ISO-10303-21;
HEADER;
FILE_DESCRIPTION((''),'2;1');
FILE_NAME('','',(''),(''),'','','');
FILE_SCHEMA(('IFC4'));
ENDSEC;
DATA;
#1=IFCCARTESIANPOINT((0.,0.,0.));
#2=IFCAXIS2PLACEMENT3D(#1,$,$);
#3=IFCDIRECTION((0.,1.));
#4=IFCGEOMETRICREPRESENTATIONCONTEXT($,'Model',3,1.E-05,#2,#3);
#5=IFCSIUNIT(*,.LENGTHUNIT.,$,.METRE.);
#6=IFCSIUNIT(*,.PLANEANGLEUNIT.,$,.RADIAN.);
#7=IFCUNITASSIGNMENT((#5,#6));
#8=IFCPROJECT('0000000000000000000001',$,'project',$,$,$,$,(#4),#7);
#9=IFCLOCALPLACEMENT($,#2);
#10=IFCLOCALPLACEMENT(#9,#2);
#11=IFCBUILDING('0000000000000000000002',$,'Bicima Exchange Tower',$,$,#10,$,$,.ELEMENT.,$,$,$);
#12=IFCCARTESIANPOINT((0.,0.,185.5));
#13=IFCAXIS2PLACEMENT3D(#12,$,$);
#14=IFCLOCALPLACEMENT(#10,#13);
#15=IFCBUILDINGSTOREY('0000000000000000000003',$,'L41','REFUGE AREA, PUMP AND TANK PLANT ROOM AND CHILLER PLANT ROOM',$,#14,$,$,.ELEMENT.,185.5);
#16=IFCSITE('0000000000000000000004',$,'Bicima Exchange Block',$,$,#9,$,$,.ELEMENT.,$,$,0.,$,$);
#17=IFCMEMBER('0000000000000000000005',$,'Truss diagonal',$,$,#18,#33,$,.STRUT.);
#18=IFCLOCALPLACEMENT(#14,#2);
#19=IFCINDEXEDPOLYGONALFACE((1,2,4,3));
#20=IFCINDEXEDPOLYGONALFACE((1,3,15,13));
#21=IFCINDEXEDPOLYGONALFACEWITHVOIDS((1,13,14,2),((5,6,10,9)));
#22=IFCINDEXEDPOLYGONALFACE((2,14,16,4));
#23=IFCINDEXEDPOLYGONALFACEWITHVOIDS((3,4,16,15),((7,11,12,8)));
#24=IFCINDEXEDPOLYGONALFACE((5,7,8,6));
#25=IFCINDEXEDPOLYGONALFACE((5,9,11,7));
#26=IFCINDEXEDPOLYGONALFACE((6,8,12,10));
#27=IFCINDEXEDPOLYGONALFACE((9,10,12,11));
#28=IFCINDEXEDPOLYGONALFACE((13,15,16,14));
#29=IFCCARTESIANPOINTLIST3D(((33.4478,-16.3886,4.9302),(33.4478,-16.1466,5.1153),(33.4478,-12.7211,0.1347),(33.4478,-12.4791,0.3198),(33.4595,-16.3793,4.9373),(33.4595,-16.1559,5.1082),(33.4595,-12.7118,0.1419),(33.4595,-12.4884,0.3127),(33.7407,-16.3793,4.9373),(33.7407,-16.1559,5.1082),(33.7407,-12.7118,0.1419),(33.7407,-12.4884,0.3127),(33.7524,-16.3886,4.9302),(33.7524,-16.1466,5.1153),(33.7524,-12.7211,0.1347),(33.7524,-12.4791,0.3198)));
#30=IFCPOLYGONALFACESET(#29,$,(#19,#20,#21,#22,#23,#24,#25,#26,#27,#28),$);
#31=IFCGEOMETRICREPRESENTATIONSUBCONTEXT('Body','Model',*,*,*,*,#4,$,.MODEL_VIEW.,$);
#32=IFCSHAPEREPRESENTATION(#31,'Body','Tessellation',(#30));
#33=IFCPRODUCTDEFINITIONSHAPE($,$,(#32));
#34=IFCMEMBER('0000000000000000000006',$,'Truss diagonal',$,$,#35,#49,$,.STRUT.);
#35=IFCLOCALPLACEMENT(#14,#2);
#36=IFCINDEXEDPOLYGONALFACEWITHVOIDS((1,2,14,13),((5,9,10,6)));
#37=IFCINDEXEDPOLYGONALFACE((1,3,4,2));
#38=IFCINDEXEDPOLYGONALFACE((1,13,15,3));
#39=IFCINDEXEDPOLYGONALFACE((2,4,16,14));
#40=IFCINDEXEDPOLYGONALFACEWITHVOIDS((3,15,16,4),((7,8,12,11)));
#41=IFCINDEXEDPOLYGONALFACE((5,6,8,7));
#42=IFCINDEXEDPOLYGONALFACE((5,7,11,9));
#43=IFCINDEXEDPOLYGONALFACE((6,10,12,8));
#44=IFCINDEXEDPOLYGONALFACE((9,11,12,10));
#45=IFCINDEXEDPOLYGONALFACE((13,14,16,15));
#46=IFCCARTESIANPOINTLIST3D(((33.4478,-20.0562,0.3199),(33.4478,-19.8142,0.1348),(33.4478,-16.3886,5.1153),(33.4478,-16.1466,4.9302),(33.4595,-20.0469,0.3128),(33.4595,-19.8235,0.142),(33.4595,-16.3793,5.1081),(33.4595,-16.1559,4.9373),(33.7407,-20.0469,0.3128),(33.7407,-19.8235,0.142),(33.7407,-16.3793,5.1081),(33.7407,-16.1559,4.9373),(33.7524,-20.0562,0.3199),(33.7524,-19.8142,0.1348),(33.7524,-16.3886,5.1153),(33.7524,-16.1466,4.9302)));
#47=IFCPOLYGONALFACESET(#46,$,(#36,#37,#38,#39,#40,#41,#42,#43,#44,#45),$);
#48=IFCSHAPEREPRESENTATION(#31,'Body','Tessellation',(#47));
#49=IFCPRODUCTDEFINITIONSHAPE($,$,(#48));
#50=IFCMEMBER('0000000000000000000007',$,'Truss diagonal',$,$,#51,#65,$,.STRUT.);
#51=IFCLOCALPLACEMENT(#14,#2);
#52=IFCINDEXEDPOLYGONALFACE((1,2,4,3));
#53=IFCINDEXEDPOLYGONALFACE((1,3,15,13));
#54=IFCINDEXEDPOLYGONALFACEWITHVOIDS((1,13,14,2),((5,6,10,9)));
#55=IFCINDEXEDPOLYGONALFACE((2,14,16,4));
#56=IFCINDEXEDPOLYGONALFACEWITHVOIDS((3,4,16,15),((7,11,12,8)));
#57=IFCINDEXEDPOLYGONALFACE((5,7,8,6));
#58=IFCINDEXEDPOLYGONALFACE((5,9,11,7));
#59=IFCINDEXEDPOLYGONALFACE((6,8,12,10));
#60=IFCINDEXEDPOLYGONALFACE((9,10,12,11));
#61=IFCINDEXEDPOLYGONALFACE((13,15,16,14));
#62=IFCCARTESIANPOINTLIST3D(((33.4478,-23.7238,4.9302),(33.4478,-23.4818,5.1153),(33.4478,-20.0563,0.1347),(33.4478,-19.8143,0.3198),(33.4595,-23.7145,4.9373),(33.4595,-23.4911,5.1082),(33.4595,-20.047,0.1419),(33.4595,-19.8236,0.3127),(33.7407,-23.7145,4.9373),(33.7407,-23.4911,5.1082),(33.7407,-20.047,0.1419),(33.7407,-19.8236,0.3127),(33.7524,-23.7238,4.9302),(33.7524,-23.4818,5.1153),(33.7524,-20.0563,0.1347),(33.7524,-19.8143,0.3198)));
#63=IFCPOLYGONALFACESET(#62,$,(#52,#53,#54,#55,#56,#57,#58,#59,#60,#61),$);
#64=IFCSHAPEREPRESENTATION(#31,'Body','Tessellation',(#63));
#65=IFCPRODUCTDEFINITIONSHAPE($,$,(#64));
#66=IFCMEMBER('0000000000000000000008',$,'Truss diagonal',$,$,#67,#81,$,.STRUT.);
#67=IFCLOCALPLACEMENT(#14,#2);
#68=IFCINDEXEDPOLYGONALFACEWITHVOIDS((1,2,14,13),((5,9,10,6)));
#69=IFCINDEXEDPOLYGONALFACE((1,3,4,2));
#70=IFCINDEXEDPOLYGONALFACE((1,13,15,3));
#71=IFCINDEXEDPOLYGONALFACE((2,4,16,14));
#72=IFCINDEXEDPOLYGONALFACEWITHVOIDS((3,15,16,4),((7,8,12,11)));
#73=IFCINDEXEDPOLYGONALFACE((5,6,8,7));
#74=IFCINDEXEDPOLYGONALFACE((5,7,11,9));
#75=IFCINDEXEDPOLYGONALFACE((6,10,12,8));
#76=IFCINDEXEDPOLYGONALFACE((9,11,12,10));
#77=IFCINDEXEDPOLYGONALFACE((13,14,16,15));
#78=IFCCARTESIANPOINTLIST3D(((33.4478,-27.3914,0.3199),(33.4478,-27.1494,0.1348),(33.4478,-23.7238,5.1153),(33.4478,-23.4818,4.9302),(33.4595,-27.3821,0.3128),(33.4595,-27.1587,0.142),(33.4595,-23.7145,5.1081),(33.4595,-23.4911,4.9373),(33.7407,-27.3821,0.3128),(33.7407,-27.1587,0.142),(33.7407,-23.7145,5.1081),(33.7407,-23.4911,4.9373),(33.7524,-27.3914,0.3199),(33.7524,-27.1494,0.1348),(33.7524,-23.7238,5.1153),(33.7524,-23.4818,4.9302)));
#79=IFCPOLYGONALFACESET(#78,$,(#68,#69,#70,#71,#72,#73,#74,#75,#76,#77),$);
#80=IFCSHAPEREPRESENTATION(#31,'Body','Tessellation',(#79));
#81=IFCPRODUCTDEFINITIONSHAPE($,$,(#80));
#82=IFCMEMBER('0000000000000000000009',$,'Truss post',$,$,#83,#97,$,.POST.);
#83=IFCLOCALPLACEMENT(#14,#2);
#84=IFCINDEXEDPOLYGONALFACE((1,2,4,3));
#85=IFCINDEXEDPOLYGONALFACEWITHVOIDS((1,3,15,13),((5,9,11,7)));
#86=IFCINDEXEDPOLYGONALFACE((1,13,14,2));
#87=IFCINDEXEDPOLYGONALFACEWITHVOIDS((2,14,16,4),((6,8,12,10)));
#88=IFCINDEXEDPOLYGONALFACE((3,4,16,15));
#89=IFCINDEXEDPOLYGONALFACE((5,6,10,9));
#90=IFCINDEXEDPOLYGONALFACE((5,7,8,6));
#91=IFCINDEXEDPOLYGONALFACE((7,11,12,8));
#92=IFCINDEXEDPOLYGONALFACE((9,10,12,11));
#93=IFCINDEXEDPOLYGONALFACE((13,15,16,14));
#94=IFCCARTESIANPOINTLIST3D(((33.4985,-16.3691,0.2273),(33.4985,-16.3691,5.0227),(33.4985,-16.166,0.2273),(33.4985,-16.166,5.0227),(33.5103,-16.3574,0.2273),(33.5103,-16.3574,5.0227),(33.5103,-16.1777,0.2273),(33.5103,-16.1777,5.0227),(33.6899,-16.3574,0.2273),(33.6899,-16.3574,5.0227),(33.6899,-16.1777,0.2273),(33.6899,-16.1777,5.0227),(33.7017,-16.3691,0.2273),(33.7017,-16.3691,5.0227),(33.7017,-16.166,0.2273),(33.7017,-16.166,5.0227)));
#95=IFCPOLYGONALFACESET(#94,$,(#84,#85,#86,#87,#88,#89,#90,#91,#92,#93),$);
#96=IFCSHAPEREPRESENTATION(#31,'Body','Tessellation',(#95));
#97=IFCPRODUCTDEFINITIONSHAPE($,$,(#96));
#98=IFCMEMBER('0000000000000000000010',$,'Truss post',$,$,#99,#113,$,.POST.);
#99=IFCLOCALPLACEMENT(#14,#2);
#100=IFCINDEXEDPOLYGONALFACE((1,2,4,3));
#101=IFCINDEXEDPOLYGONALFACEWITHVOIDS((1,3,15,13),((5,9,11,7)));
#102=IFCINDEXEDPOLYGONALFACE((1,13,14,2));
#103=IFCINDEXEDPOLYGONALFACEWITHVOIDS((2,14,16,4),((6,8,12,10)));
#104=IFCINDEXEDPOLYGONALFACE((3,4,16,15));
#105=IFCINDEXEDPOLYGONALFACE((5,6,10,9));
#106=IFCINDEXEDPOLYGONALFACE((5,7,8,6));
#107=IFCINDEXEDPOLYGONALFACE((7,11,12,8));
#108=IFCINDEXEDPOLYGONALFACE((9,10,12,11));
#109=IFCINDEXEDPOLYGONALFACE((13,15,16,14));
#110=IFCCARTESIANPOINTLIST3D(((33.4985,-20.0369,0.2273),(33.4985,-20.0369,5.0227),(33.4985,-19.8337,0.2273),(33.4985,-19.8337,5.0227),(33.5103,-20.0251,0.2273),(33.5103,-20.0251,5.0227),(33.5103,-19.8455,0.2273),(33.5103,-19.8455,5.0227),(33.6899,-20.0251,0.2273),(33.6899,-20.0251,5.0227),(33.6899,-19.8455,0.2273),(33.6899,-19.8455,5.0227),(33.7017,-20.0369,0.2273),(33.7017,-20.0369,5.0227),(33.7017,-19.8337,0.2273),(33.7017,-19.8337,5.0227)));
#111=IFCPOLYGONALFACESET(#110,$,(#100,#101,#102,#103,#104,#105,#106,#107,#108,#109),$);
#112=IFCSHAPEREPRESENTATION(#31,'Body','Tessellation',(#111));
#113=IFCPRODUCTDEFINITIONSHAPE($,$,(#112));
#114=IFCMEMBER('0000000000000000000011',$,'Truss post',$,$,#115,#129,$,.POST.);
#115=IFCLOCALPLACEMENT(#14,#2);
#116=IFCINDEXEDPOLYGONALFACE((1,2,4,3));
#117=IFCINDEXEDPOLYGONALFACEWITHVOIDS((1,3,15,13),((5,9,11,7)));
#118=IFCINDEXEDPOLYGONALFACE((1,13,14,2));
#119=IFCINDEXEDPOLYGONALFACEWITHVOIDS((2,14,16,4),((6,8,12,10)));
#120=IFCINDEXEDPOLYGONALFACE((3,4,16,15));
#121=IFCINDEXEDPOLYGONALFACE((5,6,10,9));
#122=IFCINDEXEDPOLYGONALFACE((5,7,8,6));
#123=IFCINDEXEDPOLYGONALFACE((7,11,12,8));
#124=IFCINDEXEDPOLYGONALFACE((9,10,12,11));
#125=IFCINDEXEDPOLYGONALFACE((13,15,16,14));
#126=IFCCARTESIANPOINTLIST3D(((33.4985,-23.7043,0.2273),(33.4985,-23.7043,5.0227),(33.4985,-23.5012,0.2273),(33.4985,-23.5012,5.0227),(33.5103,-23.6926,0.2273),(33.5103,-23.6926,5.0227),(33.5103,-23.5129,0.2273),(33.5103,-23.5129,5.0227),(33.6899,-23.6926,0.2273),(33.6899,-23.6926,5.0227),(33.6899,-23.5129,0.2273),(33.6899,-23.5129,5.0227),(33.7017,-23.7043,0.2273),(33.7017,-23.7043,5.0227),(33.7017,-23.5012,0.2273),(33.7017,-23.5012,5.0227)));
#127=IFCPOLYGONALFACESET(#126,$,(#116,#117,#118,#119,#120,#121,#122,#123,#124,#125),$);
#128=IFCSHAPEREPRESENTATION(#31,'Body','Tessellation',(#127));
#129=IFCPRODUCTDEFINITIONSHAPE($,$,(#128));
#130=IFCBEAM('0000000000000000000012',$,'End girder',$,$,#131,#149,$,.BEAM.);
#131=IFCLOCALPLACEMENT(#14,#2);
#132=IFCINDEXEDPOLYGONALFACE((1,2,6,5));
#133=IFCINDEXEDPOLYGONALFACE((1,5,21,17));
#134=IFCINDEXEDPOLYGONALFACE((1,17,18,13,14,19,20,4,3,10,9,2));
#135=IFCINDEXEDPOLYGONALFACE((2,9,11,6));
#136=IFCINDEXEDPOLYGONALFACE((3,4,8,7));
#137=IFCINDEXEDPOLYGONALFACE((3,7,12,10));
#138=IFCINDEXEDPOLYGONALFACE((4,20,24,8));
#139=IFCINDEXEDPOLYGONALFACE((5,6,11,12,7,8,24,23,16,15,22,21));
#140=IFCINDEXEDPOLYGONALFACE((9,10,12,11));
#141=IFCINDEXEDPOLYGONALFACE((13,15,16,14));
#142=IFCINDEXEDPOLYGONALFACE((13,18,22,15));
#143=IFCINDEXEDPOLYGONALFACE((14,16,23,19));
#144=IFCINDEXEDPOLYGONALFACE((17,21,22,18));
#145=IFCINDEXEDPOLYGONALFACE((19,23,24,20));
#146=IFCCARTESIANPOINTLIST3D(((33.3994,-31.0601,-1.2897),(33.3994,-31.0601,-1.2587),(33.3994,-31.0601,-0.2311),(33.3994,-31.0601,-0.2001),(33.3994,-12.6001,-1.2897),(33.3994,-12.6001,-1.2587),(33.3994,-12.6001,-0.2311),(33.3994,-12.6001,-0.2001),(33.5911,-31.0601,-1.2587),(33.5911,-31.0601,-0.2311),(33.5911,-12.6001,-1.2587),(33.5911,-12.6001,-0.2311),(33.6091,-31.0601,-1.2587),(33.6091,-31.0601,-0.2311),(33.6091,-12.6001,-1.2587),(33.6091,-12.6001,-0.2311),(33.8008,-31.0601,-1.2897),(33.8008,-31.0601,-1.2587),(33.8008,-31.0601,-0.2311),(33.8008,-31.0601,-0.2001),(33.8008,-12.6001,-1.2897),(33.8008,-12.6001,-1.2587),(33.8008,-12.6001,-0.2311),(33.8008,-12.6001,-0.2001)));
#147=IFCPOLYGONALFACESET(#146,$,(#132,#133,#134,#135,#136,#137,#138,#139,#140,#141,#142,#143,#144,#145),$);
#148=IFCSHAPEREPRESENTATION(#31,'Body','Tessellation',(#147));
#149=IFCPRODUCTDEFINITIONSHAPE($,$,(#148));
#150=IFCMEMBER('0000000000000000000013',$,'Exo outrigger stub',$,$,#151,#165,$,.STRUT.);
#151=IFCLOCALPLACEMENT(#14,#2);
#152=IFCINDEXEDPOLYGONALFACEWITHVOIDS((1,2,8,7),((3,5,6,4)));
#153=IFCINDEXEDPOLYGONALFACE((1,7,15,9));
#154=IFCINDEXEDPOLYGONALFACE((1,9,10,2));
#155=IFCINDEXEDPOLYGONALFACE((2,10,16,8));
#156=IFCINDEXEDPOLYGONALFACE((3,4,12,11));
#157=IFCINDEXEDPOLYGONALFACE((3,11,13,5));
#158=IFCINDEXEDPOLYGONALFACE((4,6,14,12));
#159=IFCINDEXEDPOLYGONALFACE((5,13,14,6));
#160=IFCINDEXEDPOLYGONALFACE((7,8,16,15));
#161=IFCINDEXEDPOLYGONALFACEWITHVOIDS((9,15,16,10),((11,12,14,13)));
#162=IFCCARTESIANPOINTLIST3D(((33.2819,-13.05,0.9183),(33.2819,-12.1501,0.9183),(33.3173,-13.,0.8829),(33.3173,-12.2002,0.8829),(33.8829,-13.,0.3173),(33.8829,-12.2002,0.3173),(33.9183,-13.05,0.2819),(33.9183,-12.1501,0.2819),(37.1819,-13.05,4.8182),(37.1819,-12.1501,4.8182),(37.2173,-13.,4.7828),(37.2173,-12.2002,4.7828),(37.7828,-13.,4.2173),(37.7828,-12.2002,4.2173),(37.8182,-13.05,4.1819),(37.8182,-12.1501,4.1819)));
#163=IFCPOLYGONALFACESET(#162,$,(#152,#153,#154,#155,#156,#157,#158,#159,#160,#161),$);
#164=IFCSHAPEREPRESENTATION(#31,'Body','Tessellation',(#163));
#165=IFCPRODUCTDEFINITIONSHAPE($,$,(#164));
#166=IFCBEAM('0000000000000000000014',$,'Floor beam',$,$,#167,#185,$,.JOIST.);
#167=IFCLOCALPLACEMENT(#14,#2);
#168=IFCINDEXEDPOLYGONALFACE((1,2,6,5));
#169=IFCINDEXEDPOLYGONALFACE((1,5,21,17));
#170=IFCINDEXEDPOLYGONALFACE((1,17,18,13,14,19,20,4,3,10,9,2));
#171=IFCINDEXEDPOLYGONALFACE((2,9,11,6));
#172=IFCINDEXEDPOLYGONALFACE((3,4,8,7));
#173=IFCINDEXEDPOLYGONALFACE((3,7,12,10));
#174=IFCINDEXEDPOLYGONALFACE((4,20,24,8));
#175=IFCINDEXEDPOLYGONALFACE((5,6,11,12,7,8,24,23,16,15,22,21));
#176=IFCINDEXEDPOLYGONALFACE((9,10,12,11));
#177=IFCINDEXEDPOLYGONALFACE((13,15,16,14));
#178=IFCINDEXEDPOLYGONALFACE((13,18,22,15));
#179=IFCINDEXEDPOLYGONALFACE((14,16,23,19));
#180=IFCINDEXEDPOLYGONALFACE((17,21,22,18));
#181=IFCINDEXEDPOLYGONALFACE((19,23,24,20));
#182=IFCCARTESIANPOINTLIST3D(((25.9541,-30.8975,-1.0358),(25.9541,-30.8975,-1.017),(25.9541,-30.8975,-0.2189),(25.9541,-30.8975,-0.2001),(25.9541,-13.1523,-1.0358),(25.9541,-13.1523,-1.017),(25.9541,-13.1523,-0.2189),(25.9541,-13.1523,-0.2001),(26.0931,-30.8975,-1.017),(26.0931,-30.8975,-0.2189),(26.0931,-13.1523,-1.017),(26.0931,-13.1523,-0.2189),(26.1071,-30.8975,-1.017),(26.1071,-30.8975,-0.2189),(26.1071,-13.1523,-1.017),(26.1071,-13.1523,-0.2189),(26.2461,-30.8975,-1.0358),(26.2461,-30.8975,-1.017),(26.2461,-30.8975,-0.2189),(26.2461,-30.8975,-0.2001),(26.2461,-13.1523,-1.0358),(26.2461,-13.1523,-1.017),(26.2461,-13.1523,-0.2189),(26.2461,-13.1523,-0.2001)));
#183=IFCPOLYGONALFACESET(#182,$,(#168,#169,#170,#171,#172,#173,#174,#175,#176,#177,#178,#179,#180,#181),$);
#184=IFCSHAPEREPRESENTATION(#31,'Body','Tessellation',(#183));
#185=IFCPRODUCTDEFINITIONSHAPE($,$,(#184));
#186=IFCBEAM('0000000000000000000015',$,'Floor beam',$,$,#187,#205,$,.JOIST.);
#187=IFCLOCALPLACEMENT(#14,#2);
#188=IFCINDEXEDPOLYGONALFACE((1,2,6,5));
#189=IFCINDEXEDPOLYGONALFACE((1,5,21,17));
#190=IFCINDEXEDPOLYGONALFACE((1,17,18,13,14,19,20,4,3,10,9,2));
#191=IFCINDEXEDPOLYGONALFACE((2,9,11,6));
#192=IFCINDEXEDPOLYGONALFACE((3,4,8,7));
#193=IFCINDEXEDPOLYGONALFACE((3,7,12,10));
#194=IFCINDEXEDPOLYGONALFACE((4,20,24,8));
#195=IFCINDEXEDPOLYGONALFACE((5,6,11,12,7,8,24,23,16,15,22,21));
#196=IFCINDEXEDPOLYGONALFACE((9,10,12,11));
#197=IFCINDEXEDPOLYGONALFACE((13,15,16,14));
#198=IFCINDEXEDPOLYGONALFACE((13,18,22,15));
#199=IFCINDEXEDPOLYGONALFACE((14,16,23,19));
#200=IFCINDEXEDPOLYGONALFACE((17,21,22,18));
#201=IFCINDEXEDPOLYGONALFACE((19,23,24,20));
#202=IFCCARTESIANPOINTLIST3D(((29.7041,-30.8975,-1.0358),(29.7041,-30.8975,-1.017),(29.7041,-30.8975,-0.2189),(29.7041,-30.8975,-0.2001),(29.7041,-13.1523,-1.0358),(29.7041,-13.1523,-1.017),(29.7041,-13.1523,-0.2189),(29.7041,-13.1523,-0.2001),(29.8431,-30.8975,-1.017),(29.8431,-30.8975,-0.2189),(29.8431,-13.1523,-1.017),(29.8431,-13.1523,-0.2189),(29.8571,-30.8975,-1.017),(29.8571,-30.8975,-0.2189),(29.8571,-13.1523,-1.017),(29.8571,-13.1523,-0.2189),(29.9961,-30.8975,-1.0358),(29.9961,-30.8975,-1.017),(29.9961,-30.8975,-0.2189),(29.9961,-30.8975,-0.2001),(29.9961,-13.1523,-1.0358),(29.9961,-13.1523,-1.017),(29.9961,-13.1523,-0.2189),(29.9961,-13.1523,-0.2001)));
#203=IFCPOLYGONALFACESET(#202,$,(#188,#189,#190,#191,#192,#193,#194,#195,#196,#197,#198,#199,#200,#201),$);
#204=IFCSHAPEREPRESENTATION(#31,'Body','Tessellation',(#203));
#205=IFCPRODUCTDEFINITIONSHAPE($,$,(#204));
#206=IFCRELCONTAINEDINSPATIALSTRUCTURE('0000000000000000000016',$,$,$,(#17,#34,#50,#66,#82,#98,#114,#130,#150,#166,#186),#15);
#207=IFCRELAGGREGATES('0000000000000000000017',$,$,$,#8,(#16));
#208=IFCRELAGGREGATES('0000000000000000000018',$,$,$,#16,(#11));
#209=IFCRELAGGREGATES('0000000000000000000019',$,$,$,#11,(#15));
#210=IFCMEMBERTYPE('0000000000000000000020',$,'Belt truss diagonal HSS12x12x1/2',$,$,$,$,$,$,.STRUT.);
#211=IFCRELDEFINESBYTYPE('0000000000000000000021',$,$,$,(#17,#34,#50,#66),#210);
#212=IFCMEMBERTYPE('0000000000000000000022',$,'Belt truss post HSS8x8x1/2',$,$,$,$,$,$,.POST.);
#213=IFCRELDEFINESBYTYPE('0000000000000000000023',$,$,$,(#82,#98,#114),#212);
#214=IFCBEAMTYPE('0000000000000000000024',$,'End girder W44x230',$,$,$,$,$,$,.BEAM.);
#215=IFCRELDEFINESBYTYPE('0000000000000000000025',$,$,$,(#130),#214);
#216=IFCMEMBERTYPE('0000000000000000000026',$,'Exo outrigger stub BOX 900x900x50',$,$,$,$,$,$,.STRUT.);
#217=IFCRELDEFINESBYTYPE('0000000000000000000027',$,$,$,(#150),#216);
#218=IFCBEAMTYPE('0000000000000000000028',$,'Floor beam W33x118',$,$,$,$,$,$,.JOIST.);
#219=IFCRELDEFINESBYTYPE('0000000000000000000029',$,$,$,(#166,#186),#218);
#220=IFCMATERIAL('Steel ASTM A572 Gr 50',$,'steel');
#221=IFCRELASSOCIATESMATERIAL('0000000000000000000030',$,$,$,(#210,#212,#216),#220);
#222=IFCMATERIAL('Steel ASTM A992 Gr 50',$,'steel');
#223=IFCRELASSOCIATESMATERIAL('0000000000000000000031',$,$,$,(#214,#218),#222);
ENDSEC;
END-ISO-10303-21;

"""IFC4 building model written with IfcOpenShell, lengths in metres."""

from ifc_helpers import new_model, si_unit, direction, frame, origin, origin_2d, place, context, subcontext, project, spatial, hollow_rectangle, i_section, extrude, material, material_profile, profile_set, type_object, element, save


model = new_model("IFC4")

# Units and contexts
model_context = context("Model", 3, precision=1e-05, world=origin(), true_north=direction((0.0, 1.0)))
body_context = subcontext(model_context, "Body", "Model", "MODEL_VIEW")
ifc_project = project(units=[si_unit("LENGTHUNIT", "METRE"), si_unit("PLANEANGLEUNIT", "RADIAN")], contexts=[model_context])

# Site, building, storey
site_placement = place(None, origin())
site = spatial("IfcSite", under=ifc_project, at=site_placement, Name="Bicima Exchange Block", CompositionType="ELEMENT", RefElevation=0.0)
building_placement = place(site_placement, origin())
building = spatial("IfcBuilding", under=site, at=building_placement, Name="Bicima Exchange Tower", CompositionType="ELEMENT")
storey_placement = place(building_placement, frame((0.0, 0.0, 185.5)))
storey = spatial("IfcBuildingStorey", under=building, at=storey_placement, Name="L41", Description="REFUGE AREA, PUMP AND TANK PLANT ROOM AND CHILLER PLANT ROOM", CompositionType="ELEMENT", Elevation=185.5)

# Shared definitions
ifc_material_1 = material(Name="Steel ASTM A992 Gr 50", Category="steel")

# Shared definitions
ifc_material_2 = material(Name="Steel ASTM A572 Gr 50", Category="steel")

# Members
ifc_material_profile_1 = material_profile(ifc_material_2, hollow_rectangle(XDim=0.3047, YDim=0.3047, WallThickness=0.0117, at=origin_2d()))
ifc_profile_set_1 = profile_set([ifc_material_profile_1], Name="Steel ASTM A572 Gr 50")
member_type_1 = type_object("IfcMemberType", Name="Belt truss diagonal HSS12x12x1/2", PredefinedType="STRUT", material=ifc_profile_set_1)
for number, where, z_axis, x_axis, name in (
    (1, (33.6001, -12.6001, 0.2273), (0.0, -0.607492, 0.794326), (1.0, 0.0, 0.0), "Truss diagonal"),
    (2, (33.6001, -16.2676, 5.0227), (0.0, -0.607518, -0.794306), (1.0, 0.0, 0.0), "Truss diagonal"),
    (3, (33.6001, -19.9353, 0.2273), (0.0, -0.607492, 0.794326), (1.0, 0.0, 0.0), "Truss diagonal"),
    (4, (33.6001, -23.6028, 5.0227), (0.0, -0.607518, -0.794306), (1.0, 0.0, 0.0), "Truss diagonal"),
):
    element("IfcMember", number, at=place(storey_placement, frame(where, z_axis=z_axis, x_axis=x_axis)), inside=storey, type_object=member_type_1, Name=name, PredefinedType="STRUT", context=body_context, shape_type="SweptSolid", body=[
        extrude(hollow_rectangle(XDim=0.3047, YDim=0.3047, WallThickness=0.0117, at=origin_2d()), origin(), (0.0, 0.0, 1.0), 6.0371),
    ])
ifc_material_profile_2 = material_profile(ifc_material_2, hollow_rectangle(XDim=0.2031, YDim=0.2031, WallThickness=0.0117, at=origin_2d()))
ifc_profile_set_2 = profile_set([ifc_material_profile_2], Name="Steel ASTM A572 Gr 50")
member_type_2 = type_object("IfcMemberType", Name="Belt truss post HSS8x8x1/2", PredefinedType="POST", material=ifc_profile_set_2)
for number, where, z_axis, x_axis, name in (
    (5, (33.6001, -16.2676, 0.2273), (0.0, 0.0, 1.0), (1.0, 0.0, 0.0), "Truss post"),
    (6, (33.6001, -19.9353, 0.2273), (0.0, 0.0, 1.0), (1.0, 0.0, 0.0), "Truss post"),
    (7, (33.6001, -23.6028, 0.2273), (0.0, 0.0, 1.0), (1.0, 0.0, 0.0), "Truss post"),
):
    element("IfcMember", number, at=place(storey_placement, frame(where, z_axis=z_axis, x_axis=x_axis)), inside=storey, type_object=member_type_2, Name=name, PredefinedType="POST", context=body_context, shape_type="SweptSolid", body=[
        extrude(hollow_rectangle(XDim=0.2031, YDim=0.2031, WallThickness=0.0117, at=origin_2d()), origin(), (0.0, 0.0, 1.0), 4.7954),
    ])

# Beam
ifc_material_profile_3 = material_profile(ifc_material_1, i_section(OverallWidth=0.4014, OverallDepth=1.0896, WebThickness=0.0181, FlangeThickness=0.031, at=origin_2d()))
ifc_profile_set_3 = profile_set([ifc_material_profile_3], Name="Steel ASTM A992 Gr 50")
beam_type_1 = type_object("IfcBeamType", Name="End girder W44x230", PredefinedType="BEAM", material=ifc_profile_set_3)
beam_1_placement = place(storey_placement, frame((33.6001, -12.6001, -0.7449), z_axis=(0.0, -1.0, 0.0), x_axis=(1.0, 0.0, 0.0)))
element("IfcBeam", 8, at=beam_1_placement, inside=storey, type_object=beam_type_1, Name="End girder", PredefinedType="BEAM", context=body_context, shape_type="SweptSolid", body=[
    extrude(i_section(OverallWidth=0.4014, OverallDepth=1.0896, WebThickness=0.0181, FlangeThickness=0.031, at=origin_2d()), origin(), (0.0, 0.0, 1.0), 18.46),
])

# Member
ifc_material_profile_4 = material_profile(ifc_material_2, hollow_rectangle(XDim=0.8999, YDim=0.8999, WallThickness=0.05, at=origin_2d()))
ifc_profile_set_4 = profile_set([ifc_material_profile_4], Name="Steel ASTM A572 Gr 50")
member_type_3 = type_object("IfcMemberType", Name="Exo outrigger stub BOX 900x900x50", PredefinedType="STRUT", material=ifc_profile_set_4)
member_1_placement = place(storey_placement, frame((33.6001, -12.6001, 0.6001), z_axis=(0.707107, 0.0, 0.707107), x_axis=(0.0, 1.0, 0.0)))
element("IfcMember", 9, at=member_1_placement, inside=storey, type_object=member_type_3, Name="Exo outrigger stub", PredefinedType="STRUT", context=body_context, shape_type="SweptSolid", body=[
    extrude(hollow_rectangle(XDim=0.8999, YDim=0.8999, WallThickness=0.05, at=origin_2d()), origin(), (0.0, 0.0, 1.0), 5.5154),
])

# Beams
ifc_material_profile_5 = material_profile(ifc_material_1, i_section(OverallWidth=0.292, OverallDepth=0.8357, WebThickness=0.0139, FlangeThickness=0.0188, at=origin_2d()))
ifc_profile_set_5 = profile_set([ifc_material_profile_5], Name="Steel ASTM A992 Gr 50")
beam_type_2 = type_object("IfcBeamType", Name="Floor beam W33x118", PredefinedType="JOIST", material=ifc_profile_set_5)
for number, where, z_axis, x_axis, name in (
    (10, (26.1001, -13.1523, -0.6179), (0.0, -1.0, 0.0), (1.0, 0.0, 0.0), "Floor beam"),
    (11, (29.8501, -13.1523, -0.6179), (0.0, -1.0, 0.0), (1.0, 0.0, 0.0), "Floor beam"),
):
    element("IfcBeam", number, at=place(storey_placement, frame(where, z_axis=z_axis, x_axis=x_axis)), inside=storey, type_object=beam_type_2, Name=name, PredefinedType="JOIST", context=body_context, shape_type="SweptSolid", body=[
        extrude(i_section(OverallWidth=0.292, OverallDepth=0.8357, WebThickness=0.0139, FlangeThickness=0.0188, at=origin_2d()), origin(), (0.0, 0.0, 1.0), 17.7451),
    ])

save(model, "model.ifc")
